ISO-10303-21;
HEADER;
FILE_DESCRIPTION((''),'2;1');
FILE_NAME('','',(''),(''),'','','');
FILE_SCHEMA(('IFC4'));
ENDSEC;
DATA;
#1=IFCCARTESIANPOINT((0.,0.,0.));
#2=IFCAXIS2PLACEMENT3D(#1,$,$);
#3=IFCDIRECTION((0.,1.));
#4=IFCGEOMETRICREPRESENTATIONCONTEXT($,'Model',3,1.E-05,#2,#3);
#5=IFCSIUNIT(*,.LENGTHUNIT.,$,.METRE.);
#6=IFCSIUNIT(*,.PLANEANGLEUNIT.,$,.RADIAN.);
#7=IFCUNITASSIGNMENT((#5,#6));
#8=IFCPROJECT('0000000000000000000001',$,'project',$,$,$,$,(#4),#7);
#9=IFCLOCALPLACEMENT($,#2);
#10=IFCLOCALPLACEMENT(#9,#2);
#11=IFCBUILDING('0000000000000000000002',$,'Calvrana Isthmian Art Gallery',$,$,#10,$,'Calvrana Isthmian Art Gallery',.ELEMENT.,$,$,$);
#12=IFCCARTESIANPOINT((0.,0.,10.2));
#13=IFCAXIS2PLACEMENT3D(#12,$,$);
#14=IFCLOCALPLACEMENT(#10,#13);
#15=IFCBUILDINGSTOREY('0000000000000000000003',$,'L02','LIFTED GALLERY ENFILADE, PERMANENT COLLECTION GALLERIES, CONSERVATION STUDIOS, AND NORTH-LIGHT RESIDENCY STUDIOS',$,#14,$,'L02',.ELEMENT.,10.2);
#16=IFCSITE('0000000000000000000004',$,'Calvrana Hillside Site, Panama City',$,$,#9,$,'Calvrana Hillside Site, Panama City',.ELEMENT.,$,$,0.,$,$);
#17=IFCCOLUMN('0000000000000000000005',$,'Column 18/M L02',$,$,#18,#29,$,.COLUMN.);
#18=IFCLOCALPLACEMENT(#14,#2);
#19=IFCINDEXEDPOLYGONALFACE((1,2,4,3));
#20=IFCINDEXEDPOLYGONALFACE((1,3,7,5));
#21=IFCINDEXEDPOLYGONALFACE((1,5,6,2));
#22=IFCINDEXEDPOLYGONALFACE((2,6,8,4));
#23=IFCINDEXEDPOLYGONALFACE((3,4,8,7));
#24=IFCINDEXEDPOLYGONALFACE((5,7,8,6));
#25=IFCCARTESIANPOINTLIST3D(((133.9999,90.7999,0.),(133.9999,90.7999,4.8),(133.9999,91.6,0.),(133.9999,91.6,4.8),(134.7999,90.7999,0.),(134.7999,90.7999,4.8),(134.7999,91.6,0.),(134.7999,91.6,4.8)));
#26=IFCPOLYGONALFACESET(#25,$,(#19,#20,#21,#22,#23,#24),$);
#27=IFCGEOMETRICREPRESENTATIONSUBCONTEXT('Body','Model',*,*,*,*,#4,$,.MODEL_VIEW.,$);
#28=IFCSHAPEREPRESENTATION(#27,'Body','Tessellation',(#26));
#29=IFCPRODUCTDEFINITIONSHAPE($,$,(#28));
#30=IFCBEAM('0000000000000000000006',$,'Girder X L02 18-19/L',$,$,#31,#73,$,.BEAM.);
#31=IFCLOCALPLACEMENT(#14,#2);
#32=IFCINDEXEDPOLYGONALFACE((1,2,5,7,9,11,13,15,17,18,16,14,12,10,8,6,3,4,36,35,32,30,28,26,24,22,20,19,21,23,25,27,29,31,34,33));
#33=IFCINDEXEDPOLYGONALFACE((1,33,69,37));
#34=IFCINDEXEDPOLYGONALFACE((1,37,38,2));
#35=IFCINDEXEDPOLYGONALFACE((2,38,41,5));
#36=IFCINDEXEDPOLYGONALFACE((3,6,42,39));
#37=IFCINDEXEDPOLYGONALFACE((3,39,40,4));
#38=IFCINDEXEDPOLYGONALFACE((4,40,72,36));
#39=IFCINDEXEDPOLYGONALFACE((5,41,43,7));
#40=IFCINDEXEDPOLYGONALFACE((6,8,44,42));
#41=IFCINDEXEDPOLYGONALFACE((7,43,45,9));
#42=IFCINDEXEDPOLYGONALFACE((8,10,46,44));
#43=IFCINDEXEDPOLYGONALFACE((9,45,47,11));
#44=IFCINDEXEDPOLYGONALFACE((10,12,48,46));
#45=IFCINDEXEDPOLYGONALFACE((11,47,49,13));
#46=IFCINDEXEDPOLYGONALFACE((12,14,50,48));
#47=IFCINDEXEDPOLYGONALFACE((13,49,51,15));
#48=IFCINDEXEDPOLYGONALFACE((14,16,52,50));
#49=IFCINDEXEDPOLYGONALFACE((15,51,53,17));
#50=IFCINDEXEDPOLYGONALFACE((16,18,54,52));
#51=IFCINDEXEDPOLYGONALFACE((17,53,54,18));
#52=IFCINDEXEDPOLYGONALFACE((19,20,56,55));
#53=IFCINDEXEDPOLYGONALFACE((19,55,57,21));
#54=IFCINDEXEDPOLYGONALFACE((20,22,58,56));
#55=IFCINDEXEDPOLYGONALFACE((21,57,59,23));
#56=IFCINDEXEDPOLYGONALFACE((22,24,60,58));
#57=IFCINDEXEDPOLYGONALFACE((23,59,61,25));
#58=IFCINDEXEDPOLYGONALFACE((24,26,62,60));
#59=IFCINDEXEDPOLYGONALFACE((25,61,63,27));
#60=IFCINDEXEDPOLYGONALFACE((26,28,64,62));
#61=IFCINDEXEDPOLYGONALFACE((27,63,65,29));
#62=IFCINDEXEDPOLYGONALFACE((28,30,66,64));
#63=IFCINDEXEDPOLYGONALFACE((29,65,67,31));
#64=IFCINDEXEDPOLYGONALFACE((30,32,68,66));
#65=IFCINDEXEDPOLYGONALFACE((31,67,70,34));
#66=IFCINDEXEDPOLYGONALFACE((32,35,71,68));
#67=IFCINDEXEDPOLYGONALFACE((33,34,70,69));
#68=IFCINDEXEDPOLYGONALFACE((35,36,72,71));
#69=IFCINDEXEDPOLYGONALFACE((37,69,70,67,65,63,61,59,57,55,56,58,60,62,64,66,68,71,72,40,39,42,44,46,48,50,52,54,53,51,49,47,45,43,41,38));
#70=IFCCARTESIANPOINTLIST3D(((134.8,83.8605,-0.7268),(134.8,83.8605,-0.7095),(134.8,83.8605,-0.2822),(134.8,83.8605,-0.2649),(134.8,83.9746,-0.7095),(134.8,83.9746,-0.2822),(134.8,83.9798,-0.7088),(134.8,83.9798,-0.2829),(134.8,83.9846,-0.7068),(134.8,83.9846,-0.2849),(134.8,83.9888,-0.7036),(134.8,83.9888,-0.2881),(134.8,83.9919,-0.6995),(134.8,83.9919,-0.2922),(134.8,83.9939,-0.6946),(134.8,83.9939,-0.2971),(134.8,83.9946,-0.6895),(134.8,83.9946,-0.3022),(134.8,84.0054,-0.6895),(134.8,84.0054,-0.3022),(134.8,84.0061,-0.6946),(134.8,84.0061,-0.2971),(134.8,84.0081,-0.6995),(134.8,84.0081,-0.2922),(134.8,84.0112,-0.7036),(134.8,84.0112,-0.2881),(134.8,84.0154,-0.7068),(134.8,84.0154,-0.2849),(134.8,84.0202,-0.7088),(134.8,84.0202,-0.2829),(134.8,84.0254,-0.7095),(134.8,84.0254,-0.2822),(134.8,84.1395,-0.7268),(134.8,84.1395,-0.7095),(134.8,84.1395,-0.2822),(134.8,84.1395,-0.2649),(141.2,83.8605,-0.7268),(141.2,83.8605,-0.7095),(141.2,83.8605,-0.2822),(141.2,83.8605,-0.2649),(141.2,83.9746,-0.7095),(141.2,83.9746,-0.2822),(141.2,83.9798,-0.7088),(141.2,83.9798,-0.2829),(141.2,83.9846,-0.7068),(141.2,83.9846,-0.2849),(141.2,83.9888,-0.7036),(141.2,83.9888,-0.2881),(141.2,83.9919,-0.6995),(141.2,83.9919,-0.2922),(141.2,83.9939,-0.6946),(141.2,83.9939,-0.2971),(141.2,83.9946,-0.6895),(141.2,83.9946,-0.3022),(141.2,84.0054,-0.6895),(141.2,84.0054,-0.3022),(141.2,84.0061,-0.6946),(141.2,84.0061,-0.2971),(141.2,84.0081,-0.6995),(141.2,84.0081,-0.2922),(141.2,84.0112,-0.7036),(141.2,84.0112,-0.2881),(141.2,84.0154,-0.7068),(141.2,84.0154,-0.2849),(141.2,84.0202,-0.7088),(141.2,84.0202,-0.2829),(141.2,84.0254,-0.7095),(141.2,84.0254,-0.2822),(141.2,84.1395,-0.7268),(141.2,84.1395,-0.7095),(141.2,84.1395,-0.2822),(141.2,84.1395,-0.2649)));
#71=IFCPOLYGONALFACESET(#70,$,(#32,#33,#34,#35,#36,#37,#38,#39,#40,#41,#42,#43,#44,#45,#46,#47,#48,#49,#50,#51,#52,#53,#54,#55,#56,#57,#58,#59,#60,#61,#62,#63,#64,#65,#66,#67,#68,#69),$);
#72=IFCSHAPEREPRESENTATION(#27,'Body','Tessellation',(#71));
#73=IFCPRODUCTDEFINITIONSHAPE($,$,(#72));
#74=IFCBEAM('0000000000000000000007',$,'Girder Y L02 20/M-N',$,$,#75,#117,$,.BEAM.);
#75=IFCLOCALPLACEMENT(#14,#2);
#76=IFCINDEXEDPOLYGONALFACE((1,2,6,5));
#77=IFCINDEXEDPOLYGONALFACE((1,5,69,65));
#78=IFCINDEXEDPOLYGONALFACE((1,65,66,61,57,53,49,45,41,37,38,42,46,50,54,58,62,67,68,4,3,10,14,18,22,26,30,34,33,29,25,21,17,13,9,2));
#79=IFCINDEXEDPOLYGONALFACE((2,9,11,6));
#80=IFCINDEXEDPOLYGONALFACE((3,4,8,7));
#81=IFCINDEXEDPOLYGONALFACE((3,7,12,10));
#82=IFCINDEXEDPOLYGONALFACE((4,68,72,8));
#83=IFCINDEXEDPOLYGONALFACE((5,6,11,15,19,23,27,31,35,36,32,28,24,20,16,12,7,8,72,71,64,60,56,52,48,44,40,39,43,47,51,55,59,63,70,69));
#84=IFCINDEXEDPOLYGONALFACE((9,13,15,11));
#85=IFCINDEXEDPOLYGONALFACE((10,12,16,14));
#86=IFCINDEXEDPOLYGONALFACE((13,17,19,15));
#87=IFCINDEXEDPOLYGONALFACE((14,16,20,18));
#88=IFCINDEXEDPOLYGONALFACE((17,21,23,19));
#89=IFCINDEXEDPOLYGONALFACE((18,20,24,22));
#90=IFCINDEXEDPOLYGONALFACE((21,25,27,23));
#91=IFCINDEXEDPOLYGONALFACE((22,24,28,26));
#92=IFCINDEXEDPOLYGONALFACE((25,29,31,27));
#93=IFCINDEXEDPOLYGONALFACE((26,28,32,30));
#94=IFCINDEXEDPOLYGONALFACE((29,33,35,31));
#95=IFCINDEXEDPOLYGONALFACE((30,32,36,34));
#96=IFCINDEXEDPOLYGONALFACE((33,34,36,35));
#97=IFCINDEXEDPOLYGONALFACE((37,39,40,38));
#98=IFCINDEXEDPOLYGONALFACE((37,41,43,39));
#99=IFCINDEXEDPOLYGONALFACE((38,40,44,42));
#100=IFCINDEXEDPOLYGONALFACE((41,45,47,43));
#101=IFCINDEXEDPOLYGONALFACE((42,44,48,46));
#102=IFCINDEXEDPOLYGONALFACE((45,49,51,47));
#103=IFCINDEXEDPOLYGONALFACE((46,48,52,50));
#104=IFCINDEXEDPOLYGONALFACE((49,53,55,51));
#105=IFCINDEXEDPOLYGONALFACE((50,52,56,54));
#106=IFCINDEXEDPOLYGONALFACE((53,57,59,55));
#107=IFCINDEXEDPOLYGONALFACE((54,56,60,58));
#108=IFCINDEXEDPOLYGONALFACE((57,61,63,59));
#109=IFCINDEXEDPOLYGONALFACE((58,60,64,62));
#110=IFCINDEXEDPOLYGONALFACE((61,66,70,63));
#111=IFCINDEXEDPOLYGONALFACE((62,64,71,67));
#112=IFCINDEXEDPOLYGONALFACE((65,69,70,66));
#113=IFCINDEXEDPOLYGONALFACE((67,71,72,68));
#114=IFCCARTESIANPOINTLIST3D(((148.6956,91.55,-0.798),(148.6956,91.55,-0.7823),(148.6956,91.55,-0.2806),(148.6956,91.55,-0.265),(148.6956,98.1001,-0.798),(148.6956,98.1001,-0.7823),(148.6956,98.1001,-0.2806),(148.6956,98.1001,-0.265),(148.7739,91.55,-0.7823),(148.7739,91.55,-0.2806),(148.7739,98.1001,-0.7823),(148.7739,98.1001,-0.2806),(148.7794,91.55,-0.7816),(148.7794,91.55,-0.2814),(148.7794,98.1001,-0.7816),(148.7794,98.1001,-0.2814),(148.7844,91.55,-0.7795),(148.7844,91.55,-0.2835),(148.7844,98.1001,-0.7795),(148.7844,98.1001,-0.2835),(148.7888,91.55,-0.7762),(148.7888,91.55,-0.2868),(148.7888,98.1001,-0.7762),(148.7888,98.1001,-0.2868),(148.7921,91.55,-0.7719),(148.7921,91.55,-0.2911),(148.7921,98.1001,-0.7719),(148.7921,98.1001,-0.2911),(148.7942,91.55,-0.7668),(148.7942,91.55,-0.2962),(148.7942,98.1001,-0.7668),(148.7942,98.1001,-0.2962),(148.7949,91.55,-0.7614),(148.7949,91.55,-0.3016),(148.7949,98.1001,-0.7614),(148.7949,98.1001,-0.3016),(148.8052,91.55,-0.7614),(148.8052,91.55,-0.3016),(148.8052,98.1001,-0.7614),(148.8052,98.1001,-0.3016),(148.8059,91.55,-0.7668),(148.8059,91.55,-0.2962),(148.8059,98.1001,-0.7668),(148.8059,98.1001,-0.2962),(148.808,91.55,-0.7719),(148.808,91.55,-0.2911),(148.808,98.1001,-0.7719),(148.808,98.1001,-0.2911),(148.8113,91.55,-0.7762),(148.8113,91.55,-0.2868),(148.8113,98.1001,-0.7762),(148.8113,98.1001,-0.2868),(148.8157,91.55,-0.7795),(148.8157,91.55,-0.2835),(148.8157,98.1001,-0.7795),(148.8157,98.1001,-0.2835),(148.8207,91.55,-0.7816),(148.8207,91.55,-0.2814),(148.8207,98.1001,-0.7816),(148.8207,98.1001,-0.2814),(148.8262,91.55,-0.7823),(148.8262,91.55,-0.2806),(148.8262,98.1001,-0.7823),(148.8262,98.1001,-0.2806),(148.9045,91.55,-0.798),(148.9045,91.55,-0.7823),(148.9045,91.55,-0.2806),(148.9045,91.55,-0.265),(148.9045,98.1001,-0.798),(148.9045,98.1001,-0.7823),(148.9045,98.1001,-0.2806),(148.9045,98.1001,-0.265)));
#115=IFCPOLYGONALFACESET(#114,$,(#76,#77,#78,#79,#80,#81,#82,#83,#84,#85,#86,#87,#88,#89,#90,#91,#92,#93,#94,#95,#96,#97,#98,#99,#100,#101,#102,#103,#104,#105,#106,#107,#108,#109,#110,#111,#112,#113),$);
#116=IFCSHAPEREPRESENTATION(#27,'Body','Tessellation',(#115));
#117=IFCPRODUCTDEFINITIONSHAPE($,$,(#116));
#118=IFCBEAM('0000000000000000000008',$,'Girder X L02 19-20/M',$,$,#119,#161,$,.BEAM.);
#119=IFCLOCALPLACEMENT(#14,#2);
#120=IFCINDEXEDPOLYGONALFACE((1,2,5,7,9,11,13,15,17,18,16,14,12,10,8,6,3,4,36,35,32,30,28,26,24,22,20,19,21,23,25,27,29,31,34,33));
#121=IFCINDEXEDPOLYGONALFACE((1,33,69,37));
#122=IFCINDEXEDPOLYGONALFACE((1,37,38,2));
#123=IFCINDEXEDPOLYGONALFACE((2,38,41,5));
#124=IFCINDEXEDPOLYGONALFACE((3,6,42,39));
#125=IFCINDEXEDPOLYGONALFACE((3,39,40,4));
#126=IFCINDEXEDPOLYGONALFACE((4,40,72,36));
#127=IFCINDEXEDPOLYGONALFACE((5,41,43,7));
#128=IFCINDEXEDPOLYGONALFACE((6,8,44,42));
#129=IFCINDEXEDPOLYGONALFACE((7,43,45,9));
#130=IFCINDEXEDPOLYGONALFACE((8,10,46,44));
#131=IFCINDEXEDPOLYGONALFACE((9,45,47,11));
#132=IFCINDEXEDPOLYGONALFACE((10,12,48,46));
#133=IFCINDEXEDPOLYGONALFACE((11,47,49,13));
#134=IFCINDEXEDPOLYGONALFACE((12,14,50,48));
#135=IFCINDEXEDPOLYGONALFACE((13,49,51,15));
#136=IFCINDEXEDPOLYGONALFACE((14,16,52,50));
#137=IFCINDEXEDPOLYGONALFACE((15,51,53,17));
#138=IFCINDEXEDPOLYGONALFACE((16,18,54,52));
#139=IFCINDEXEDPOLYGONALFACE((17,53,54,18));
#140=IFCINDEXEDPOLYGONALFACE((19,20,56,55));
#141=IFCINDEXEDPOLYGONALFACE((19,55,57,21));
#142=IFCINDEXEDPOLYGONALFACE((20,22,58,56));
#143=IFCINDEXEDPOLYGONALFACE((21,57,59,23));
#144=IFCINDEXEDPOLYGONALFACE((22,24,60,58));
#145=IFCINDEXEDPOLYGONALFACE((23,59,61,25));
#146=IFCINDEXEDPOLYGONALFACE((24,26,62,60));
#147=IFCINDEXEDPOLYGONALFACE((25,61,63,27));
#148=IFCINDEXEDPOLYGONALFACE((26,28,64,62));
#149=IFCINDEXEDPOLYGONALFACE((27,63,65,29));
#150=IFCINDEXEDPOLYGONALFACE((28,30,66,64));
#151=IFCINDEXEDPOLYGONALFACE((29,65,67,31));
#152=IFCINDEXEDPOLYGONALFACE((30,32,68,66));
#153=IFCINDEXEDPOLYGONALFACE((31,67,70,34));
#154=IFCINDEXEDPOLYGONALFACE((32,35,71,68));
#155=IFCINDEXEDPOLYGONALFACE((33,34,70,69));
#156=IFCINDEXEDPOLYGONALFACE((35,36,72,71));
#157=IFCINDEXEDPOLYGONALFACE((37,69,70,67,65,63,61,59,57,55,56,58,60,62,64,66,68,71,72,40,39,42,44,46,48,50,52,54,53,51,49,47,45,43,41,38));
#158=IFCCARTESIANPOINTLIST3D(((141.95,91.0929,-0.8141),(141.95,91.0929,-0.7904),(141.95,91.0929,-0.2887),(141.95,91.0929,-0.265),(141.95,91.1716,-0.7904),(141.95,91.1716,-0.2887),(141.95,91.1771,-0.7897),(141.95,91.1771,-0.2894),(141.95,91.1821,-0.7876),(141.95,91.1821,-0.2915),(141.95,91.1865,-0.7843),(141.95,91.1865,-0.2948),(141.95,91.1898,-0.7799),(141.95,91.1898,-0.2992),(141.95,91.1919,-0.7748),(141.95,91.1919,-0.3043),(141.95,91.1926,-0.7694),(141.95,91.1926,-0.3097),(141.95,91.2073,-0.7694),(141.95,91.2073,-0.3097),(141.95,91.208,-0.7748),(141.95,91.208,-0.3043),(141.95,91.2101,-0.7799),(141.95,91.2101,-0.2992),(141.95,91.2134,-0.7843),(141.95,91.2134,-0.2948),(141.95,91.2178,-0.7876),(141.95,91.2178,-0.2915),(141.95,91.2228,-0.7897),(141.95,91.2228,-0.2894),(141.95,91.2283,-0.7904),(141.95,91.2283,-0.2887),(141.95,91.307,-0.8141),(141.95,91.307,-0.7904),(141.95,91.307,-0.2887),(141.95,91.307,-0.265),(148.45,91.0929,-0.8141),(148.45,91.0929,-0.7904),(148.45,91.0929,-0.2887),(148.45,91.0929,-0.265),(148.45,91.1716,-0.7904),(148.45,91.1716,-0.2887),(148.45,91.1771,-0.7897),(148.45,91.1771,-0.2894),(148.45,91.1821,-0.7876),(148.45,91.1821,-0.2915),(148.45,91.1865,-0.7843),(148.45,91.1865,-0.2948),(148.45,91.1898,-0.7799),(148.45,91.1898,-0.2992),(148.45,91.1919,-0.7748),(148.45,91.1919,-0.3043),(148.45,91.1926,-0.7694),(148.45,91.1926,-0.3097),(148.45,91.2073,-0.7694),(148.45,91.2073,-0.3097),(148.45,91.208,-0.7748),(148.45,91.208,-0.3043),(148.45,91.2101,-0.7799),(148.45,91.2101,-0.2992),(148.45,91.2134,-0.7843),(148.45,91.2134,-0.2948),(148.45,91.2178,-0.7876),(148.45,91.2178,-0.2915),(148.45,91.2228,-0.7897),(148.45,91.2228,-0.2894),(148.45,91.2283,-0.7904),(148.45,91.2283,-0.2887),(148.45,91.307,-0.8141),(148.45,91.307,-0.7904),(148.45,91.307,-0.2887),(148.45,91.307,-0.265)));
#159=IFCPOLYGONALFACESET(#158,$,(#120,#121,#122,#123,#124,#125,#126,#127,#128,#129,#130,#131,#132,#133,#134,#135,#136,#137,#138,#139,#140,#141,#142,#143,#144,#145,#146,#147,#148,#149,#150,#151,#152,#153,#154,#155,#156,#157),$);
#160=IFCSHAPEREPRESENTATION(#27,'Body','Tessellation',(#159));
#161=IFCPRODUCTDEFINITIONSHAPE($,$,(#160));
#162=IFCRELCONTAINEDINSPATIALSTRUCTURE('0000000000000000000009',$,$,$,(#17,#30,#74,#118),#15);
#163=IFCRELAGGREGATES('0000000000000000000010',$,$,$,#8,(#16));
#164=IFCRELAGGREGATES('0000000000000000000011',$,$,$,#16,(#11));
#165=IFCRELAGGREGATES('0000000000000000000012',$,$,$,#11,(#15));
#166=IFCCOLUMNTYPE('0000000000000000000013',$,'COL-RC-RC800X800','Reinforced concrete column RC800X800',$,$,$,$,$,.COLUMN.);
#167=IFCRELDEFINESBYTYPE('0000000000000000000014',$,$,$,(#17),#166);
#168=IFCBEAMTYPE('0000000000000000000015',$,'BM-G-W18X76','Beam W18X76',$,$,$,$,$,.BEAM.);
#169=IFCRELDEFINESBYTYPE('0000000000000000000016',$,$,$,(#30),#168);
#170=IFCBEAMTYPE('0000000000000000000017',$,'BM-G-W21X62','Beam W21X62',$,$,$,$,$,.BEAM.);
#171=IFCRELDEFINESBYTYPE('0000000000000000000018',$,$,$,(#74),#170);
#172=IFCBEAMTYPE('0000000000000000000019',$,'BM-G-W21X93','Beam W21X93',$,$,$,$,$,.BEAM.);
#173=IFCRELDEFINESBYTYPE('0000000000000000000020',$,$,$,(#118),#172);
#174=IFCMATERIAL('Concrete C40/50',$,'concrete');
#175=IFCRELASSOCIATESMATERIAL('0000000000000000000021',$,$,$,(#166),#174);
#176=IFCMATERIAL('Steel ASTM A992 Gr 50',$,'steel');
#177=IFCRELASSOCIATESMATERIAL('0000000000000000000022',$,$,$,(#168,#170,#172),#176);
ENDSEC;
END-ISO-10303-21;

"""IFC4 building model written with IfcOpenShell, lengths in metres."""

from ifc_helpers import new_model, si_unit, direction, frame, origin, origin_2d, place, context, subcontext, project, spatial, rectangle, i_section, extrude, material, material_profile, profile_set, type_object, element, save


model = new_model("IFC4")

# Units and contexts
model_context = context("Model", 3, precision=1e-05, world=origin(), true_north=direction((0.0, 1.0)))
body_context = subcontext(model_context, "Body", "Model", "MODEL_VIEW")
ifc_project = project(units=[si_unit("LENGTHUNIT", "METRE"), si_unit("PLANEANGLEUNIT", "RADIAN")], contexts=[model_context])

# Site, building, storey
site_placement = place(None, origin())
site = spatial("IfcSite", under=ifc_project, at=site_placement, Name="Calvrana Hillside Site, Panama City", LongName="Calvrana Hillside Site, Panama City", CompositionType="ELEMENT", RefElevation=0.0)
building_placement = place(site_placement, origin())
building = spatial("IfcBuilding", under=site, at=building_placement, Name="Calvrana Isthmian Art Gallery", LongName="Calvrana Isthmian Art Gallery", CompositionType="ELEMENT")
storey_placement = place(building_placement, frame((0.0, 0.0, 10.2)))
storey = spatial("IfcBuildingStorey", under=building, at=storey_placement, Name="L02", Description="LIFTED GALLERY ENFILADE, PERMANENT COLLECTION GALLERIES, CONSERVATION STUDIOS, AND NORTH-LIGHT RESIDENCY STUDIOS", LongName="L02", CompositionType="ELEMENT", Elevation=10.2)

# Column
ifc_material_1 = material(Name="Concrete C40/50", Category="concrete")
ifc_material_profile_1 = material_profile(ifc_material_1, rectangle(XDim=0.8, YDim=0.8, at=origin_2d()), Name="RC800X800")
ifc_profile_set_1 = profile_set([ifc_material_profile_1], Name="Concrete C40/50")
column_type = type_object("IfcColumnType", Name="COL-RC-RC800X800", Description="Reinforced concrete column RC800X800", PredefinedType="COLUMN", material=ifc_profile_set_1)
column_placement = place(storey_placement, frame((134.3999, 91.2, 0.0), z_axis=(0.0, 0.0, 1.0), x_axis=(1.0, 0.0, 0.0)))
element("IfcColumn", 1, at=column_placement, inside=storey, type_object=column_type, Name="Column 18/M L02", PredefinedType="COLUMN", context=body_context, shape_type="SweptSolid", body=[
    extrude(rectangle(XDim=0.8, YDim=0.8, at=origin_2d()), origin(), (0.0, 0.0, 1.0), 4.8),
])

# Beams
ifc_material_2 = material(Name="Steel ASTM A992 Gr 50", Category="steel")
ifc_material_profile_2 = material_profile(ifc_material_2, i_section(OverallWidth=0.2791, OverallDepth=0.4619, WebThickness=0.0107, FlangeThickness=0.0173, FilletRadius=0.02, at=origin_2d()), Name="W18X76")
ifc_profile_set_2 = profile_set([ifc_material_profile_2], Name="Steel ASTM A992 Gr 50")
beam_type_1 = type_object("IfcBeamType", Name="BM-G-W18X76", Description="Beam W18X76", PredefinedType="BEAM", material=ifc_profile_set_2)
beam_1_placement = place(storey_placement, frame((134.8, 84.0, -0.4958), z_axis=(1.0, 0.0, 0.0), x_axis=(0.0, 1.0, 0.0)))
element("IfcBeam", 2, at=beam_1_placement, inside=storey, type_object=beam_type_1, Name="Girder X L02 18-19/L", PredefinedType="BEAM", context=body_context, shape_type="SweptSolid", body=[
    extrude(i_section(OverallWidth=0.2791, OverallDepth=0.4619, WebThickness=0.0107, FlangeThickness=0.0173, FilletRadius=0.02, at=origin_2d()), origin(), (0.0, 0.0, 1.0), 6.3999),
])
ifc_material_profile_3 = material_profile(ifc_material_2, i_section(OverallWidth=0.209, OverallDepth=0.533, WebThickness=0.0103, FlangeThickness=0.0156, FilletRadius=0.021, at=origin_2d()), Name="W21X62")
ifc_profile_set_3 = profile_set([ifc_material_profile_3], Name="Steel ASTM A992 Gr 50")
beam_type_2 = type_object("IfcBeamType", Name="BM-G-W21X62", Description="Beam W21X62", PredefinedType="BEAM", material=ifc_profile_set_3)
beam_2_placement = place(storey_placement, frame((148.8, 91.55, -0.5315), z_axis=(0.0, 1.0, 0.0), x_axis=(-1.0, 0.0, 0.0)))
element("IfcBeam", 3, at=beam_2_placement, inside=storey, type_object=beam_type_2, Name="Girder Y L02 20/M-N", PredefinedType="BEAM", context=body_context, shape_type="SweptSolid", body=[
    extrude(i_section(OverallWidth=0.209, OverallDepth=0.533, WebThickness=0.0103, FlangeThickness=0.0156, FilletRadius=0.021, at=origin_2d()), origin(), (0.0, 0.0, 1.0), 6.55),
])
ifc_material_profile_4 = material_profile(ifc_material_2, i_section(OverallWidth=0.2141, OverallDepth=0.5491, WebThickness=0.0146, FlangeThickness=0.0237, FilletRadius=0.021, at=origin_2d()), Name="W21X93")
ifc_profile_set_4 = profile_set([ifc_material_profile_4], Name="Steel ASTM A992 Gr 50")
beam_type_3 = type_object("IfcBeamType", Name="BM-G-W21X93", Description="Beam W21X93", PredefinedType="BEAM", material=ifc_profile_set_4)
beam_3_placement = place(storey_placement, frame((141.95, 91.2, -0.5396), z_axis=(1.0, 0.0, 0.0), x_axis=(0.0, 1.0, 0.0)))
element("IfcBeam", 4, at=beam_3_placement, inside=storey, type_object=beam_type_3, Name="Girder X L02 19-20/M", PredefinedType="BEAM", context=body_context, shape_type="SweptSolid", body=[
    extrude(i_section(OverallWidth=0.2141, OverallDepth=0.5491, WebThickness=0.0146, FlangeThickness=0.0237, FilletRadius=0.021, at=origin_2d()), origin(), (0.0, 0.0, 1.0), 6.5),
])

save(model, "model.ifc")
